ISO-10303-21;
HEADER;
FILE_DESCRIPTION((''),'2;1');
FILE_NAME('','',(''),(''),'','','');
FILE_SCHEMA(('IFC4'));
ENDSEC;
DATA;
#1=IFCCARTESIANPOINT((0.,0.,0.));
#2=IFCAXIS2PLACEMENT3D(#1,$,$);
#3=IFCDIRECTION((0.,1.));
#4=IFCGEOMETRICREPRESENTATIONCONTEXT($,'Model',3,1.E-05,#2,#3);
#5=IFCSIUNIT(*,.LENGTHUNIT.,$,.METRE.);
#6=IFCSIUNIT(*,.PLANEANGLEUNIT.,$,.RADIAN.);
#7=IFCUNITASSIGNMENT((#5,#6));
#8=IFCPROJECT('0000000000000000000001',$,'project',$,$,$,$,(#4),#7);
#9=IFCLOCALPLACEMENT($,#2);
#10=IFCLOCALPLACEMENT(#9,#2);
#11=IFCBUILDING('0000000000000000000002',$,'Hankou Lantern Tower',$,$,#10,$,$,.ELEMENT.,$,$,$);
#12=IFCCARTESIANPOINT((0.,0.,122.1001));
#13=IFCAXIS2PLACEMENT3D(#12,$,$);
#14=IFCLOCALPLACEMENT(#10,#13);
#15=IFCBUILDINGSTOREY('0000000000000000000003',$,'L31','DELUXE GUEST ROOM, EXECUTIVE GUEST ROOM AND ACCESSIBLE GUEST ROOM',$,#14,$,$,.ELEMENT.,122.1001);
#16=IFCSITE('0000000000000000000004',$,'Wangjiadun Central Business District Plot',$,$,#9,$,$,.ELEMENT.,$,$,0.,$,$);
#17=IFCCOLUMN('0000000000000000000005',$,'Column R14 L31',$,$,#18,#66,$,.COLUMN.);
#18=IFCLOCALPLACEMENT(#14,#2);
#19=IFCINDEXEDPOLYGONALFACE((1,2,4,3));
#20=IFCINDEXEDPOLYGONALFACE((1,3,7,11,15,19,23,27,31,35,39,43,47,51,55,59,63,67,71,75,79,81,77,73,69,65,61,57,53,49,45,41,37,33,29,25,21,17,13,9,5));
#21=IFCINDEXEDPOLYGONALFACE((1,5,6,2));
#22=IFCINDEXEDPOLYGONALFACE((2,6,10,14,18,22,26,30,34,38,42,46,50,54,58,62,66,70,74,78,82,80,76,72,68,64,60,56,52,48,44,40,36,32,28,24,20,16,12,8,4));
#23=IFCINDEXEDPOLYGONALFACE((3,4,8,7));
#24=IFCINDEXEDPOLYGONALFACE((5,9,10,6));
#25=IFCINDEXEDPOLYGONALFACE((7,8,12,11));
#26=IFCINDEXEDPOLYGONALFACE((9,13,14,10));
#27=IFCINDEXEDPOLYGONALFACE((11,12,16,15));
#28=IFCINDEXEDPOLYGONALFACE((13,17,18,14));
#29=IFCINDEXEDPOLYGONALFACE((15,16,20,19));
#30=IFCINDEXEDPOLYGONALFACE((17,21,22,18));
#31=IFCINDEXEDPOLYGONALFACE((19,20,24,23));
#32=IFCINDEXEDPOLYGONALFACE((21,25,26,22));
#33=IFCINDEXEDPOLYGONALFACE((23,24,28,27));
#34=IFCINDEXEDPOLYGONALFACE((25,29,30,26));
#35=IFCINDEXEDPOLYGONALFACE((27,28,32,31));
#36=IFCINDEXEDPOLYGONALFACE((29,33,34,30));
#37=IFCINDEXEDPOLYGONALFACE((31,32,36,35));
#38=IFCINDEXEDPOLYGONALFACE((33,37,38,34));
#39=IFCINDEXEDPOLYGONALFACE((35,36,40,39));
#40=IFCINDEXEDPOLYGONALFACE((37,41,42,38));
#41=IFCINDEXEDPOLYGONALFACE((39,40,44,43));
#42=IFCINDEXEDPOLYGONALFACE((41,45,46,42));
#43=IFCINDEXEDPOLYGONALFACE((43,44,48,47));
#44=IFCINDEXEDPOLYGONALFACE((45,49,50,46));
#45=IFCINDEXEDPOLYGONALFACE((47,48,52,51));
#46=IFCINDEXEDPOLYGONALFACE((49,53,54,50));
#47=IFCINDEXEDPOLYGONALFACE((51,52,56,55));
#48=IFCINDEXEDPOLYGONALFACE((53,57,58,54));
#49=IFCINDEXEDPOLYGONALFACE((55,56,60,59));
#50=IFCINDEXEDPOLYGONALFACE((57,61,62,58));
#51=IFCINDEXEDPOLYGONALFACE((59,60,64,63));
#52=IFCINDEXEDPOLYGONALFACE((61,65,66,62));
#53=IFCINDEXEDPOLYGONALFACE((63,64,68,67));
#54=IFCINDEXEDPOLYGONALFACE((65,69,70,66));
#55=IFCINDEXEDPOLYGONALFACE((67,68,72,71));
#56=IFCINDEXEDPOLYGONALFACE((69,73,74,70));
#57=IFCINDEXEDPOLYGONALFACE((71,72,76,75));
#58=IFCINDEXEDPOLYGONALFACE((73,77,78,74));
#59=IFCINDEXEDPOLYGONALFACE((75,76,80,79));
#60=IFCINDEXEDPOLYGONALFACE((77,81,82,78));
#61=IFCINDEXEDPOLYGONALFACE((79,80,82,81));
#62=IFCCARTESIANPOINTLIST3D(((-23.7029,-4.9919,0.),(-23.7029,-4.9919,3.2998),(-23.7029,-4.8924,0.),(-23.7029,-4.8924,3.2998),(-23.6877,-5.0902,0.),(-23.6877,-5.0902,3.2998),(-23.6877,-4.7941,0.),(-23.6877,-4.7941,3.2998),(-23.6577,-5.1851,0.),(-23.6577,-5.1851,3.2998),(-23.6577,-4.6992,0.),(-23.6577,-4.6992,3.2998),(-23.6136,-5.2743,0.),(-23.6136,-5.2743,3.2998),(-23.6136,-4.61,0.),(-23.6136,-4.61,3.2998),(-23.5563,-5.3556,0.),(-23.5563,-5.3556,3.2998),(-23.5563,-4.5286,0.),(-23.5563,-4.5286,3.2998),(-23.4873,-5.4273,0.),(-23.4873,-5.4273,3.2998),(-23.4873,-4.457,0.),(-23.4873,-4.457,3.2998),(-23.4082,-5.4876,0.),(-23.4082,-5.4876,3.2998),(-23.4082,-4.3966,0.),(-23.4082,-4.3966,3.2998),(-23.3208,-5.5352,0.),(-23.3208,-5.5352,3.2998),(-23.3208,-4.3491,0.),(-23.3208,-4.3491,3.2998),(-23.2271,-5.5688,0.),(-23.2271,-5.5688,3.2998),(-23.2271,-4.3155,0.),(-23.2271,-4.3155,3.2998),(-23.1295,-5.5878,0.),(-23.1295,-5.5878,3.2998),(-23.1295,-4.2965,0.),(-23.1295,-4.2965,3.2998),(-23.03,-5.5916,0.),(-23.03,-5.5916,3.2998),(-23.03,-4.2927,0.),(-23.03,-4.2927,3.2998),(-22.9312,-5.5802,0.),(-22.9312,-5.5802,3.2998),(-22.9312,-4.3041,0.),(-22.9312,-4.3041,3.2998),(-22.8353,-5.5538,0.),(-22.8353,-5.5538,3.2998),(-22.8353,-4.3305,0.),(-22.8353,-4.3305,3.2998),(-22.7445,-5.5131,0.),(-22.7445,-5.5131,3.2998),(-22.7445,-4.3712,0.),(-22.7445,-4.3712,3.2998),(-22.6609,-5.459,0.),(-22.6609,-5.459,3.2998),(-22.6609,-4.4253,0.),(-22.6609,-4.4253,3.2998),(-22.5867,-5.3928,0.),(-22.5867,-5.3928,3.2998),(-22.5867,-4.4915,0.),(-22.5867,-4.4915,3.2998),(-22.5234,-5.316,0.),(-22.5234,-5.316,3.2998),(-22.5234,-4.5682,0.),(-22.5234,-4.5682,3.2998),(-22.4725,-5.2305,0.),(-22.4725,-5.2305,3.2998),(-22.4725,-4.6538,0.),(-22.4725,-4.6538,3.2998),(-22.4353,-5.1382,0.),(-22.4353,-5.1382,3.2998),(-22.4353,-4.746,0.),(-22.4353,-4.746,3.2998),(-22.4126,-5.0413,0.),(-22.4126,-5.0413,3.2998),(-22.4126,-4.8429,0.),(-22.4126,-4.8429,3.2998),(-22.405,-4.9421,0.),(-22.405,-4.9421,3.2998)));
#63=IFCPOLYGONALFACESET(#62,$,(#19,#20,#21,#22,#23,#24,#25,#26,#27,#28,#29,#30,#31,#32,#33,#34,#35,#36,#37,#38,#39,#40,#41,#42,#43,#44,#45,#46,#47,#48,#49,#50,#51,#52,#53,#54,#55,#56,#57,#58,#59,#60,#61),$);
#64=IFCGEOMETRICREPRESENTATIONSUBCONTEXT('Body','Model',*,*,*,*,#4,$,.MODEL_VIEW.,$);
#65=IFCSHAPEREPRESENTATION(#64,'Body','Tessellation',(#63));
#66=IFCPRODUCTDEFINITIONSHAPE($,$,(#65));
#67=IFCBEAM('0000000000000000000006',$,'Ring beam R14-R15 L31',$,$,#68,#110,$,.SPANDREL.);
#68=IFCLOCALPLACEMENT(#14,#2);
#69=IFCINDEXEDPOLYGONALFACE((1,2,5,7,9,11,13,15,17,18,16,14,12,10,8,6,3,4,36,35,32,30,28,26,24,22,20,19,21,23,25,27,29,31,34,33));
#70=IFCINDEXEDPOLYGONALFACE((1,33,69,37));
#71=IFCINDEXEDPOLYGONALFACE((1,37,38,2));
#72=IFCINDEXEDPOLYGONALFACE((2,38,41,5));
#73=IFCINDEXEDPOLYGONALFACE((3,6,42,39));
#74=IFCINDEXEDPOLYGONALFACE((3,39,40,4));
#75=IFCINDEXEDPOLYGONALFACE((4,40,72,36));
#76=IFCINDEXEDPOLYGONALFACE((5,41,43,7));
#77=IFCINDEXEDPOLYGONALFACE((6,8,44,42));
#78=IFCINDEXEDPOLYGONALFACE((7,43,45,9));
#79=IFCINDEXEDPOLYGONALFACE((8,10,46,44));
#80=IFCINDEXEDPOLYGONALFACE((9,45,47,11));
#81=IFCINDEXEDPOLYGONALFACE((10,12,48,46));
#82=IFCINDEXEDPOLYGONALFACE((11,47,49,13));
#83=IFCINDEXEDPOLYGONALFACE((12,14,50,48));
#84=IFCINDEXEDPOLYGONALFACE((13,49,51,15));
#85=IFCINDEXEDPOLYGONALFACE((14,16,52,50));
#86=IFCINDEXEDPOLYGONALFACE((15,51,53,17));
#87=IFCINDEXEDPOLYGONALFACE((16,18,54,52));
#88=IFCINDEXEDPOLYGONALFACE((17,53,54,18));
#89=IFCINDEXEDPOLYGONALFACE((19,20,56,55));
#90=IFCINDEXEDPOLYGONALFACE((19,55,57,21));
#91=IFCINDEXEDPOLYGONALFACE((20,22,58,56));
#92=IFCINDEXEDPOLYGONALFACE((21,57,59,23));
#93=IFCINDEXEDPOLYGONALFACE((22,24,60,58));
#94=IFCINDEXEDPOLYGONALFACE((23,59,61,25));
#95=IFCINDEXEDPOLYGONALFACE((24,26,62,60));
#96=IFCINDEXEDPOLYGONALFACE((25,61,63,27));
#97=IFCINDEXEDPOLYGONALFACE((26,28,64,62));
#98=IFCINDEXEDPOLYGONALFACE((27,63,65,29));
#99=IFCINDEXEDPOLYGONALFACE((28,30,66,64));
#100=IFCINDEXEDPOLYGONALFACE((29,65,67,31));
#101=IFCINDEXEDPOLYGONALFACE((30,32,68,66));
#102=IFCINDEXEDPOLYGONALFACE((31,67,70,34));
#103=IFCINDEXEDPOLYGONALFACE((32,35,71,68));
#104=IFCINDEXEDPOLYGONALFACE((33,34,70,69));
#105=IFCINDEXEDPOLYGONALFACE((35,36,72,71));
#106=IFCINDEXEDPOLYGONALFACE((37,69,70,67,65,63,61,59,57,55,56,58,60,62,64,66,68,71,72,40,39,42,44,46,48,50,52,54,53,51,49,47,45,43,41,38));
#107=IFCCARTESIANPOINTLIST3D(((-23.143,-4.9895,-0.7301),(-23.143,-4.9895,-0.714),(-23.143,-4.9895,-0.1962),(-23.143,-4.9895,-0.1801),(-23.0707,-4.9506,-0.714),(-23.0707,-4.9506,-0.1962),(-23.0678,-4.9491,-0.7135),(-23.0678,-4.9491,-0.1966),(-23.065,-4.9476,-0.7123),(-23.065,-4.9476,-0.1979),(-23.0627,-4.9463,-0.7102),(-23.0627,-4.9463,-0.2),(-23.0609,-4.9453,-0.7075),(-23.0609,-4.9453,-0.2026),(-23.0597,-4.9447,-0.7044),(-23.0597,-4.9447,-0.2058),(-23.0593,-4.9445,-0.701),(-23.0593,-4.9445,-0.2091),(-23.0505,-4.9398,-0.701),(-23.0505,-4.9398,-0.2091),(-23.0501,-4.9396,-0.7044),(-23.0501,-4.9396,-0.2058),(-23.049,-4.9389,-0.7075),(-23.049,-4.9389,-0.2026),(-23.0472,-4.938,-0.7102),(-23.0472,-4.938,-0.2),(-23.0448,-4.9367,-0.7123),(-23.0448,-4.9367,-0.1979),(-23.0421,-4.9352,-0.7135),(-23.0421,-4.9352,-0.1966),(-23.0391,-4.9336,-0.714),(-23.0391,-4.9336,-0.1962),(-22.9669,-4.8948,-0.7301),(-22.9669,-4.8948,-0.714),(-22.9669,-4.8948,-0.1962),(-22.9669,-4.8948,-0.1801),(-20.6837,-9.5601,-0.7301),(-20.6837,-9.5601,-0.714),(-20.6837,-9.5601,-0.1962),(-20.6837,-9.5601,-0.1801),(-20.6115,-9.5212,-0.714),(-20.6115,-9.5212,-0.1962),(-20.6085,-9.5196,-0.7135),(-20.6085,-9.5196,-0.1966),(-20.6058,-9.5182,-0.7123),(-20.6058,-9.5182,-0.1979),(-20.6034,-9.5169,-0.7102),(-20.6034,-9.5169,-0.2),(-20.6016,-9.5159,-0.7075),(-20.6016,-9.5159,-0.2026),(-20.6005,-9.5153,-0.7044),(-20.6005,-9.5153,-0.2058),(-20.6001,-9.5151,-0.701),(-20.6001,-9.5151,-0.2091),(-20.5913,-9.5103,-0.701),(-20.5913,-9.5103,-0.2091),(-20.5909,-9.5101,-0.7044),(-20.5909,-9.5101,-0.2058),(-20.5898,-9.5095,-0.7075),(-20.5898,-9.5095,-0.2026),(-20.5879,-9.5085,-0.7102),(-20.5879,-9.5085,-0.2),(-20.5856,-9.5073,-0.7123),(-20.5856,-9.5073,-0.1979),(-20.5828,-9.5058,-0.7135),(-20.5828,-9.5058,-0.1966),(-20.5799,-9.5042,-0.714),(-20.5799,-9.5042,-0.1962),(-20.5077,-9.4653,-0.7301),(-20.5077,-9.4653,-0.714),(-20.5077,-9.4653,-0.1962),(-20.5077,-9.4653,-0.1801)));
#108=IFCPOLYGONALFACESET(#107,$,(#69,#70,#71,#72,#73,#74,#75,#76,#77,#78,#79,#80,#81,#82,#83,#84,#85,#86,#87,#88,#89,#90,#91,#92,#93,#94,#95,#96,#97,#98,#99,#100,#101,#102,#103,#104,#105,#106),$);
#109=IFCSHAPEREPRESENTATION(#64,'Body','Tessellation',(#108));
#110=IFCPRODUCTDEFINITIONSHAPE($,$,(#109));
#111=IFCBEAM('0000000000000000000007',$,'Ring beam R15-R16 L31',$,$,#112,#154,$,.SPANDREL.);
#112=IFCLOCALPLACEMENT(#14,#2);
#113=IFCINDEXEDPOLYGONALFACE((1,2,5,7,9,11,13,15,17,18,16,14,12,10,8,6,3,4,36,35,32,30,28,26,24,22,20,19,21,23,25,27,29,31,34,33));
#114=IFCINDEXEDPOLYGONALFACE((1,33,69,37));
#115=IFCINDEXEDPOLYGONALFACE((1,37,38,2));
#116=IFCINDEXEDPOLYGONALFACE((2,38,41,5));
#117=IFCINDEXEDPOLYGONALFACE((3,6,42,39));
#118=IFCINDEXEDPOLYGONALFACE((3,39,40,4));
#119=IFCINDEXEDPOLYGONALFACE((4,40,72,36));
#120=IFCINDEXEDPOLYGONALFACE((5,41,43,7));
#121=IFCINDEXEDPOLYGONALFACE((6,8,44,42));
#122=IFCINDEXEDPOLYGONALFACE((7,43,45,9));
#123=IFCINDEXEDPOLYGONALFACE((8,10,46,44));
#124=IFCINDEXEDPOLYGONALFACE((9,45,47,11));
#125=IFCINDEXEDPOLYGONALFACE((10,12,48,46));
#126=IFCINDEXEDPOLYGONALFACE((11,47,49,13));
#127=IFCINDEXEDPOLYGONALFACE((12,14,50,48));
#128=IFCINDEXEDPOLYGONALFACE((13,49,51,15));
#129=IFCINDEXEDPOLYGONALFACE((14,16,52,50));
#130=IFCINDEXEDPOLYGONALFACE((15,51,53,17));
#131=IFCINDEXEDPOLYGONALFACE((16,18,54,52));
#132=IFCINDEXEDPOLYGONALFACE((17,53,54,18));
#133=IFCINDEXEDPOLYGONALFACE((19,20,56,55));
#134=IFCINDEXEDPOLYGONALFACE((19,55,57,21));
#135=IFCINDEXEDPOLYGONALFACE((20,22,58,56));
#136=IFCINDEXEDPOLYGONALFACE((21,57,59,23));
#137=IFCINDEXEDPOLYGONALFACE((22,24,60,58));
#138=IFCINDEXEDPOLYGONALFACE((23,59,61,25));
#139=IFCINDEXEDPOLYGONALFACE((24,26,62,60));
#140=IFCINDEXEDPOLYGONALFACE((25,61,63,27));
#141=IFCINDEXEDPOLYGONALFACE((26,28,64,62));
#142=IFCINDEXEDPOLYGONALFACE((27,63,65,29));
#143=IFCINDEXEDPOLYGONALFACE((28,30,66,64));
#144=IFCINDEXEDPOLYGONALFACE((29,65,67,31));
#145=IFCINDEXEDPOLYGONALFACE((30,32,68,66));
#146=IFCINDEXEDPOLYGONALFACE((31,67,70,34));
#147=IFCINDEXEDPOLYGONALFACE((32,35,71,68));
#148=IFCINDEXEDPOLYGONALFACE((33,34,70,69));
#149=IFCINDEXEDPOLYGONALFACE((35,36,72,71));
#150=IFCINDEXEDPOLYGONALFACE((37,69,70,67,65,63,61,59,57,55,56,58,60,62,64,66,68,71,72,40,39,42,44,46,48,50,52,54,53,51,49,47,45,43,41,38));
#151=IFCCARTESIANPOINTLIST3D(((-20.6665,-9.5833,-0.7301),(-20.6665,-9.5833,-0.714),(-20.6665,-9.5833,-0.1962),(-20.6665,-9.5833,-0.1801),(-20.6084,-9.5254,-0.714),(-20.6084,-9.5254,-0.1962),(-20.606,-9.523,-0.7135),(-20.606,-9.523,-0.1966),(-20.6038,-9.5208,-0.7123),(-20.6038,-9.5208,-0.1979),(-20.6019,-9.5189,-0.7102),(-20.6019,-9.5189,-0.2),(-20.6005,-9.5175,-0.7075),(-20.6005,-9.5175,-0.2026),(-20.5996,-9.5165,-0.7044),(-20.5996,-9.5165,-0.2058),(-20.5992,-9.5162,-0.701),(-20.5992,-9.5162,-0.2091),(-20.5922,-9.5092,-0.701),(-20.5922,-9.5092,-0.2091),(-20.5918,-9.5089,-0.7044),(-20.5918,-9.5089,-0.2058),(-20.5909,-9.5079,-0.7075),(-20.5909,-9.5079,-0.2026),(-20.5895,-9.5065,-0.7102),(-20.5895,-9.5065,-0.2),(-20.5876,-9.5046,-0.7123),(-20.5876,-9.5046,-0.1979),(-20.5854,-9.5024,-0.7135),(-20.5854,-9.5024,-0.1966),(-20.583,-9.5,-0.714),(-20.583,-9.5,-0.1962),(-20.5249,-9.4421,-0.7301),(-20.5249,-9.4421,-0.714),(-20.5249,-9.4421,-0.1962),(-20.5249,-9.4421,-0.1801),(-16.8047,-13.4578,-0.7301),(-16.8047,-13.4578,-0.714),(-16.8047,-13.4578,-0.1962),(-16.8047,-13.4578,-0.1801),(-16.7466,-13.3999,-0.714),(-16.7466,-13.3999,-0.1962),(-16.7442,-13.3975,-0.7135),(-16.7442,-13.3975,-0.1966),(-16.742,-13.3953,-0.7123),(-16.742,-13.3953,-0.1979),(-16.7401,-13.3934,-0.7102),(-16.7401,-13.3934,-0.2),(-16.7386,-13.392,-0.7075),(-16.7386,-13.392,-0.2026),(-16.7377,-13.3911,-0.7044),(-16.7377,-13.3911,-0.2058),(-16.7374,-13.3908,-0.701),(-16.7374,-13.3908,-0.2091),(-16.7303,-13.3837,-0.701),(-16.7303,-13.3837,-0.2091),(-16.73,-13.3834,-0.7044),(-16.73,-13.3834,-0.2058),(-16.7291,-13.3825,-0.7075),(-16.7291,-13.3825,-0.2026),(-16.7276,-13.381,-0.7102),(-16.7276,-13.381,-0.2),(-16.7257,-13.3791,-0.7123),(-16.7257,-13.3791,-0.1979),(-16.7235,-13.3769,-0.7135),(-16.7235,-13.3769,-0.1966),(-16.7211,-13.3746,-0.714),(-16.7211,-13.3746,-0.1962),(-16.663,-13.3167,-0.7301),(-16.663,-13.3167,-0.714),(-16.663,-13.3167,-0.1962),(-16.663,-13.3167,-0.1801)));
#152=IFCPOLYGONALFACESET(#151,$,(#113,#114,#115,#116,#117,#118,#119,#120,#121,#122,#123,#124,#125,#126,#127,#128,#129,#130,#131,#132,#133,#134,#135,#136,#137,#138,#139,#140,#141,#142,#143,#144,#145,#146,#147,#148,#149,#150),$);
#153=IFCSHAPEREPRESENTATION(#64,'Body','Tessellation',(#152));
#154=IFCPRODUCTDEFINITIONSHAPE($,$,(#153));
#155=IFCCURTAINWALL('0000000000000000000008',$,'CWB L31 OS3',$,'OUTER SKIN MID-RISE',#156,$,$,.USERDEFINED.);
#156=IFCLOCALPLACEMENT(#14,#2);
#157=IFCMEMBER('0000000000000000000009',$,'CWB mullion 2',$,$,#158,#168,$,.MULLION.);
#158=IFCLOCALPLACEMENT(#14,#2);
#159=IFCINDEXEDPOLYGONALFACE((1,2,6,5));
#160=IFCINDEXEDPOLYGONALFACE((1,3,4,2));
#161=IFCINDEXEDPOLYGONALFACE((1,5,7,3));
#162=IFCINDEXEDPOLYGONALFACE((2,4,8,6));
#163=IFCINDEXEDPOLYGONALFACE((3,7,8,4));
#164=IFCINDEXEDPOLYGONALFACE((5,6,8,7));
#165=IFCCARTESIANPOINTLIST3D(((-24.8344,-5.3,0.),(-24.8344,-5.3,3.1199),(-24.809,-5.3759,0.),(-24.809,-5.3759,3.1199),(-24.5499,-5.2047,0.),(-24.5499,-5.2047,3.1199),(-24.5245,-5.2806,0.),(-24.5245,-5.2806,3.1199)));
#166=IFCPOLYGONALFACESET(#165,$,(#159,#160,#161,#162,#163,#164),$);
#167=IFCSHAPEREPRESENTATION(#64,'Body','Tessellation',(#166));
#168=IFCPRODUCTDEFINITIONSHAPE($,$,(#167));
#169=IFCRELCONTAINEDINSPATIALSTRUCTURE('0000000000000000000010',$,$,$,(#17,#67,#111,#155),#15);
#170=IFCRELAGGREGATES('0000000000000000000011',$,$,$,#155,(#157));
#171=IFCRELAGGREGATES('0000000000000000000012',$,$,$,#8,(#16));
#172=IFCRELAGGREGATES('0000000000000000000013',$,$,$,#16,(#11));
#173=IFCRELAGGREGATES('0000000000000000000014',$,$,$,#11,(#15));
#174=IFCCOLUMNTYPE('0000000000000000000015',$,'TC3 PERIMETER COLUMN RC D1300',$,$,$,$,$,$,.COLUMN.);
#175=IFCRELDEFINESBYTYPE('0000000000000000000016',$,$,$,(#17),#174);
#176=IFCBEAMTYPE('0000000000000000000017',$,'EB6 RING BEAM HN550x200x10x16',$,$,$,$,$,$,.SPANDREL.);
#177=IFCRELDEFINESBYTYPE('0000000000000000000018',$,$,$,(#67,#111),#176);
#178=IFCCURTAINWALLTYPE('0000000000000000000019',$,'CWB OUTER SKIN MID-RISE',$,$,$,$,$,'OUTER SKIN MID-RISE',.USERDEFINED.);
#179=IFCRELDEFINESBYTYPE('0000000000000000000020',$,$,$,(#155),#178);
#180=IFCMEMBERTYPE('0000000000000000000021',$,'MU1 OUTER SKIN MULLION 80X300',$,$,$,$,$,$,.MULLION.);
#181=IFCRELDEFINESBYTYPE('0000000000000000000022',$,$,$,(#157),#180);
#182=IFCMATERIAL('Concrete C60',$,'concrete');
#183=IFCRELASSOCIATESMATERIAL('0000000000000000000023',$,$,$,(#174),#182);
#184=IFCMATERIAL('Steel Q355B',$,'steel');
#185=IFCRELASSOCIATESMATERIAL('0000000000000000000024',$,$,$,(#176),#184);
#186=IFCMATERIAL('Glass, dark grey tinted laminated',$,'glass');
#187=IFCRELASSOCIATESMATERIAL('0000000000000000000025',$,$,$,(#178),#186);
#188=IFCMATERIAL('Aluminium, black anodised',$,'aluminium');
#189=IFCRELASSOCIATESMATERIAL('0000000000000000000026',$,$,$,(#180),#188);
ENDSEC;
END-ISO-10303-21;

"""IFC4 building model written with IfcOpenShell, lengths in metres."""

from ifc_helpers import new_model, si_unit, direction, frame, origin, origin_2d, place, context, subcontext, project, spatial, rectangle, circle, i_section, extrude, material, material_profile, profile_set, type_object, element, aggregate, save


model = new_model("IFC4")

# Units and contexts
model_context = context("Model", 3, precision=1e-05, world=origin(), true_north=direction((0.0, 1.0)))
body_context = subcontext(model_context, "Body", "Model", "MODEL_VIEW")
ifc_project = project(units=[si_unit("LENGTHUNIT", "METRE"), si_unit("PLANEANGLEUNIT", "RADIAN")], contexts=[model_context])

# Site, building, storey
site_placement = place(None, origin())
site = spatial("IfcSite", under=ifc_project, at=site_placement, Name="Wangjiadun Central Business District Plot", CompositionType="ELEMENT", RefElevation=0.0)
building_placement = place(site_placement, origin())
building = spatial("IfcBuilding", under=site, at=building_placement, Name="Hankou Lantern Tower", CompositionType="ELEMENT")
storey_placement = place(building_placement, frame((0.0, 0.0, 122.1001)))
storey = spatial("IfcBuildingStorey", under=building, at=storey_placement, Name="L31", Description="DELUXE GUEST ROOM, EXECUTIVE GUEST ROOM AND ACCESSIBLE GUEST ROOM", CompositionType="ELEMENT", Elevation=122.1001)

# Column
ifc_material_1 = material(Name="Concrete C60", Category="concrete")
ifc_material_profile_1 = material_profile(ifc_material_1, circle(Radius=0.6499, at=origin_2d()), Name="RC D1300")
ifc_profile_set_1 = profile_set([ifc_material_profile_1], Name="Concrete C60")
column_type = type_object("IfcColumnType", Name="TC3 PERIMETER COLUMN RC D1300", PredefinedType="COLUMN", material=ifc_profile_set_1)
column_placement = place(storey_placement, frame((-23.0549, -4.9421, 0.0), z_axis=(0.0, 0.0, 1.0), x_axis=(1.0, 0.0, 0.0)))
element("IfcColumn", 1, at=column_placement, inside=storey, type_object=column_type, Name="Column R14 L31", PredefinedType="COLUMN", context=body_context, shape_type="SweptSolid", body=[
    extrude(circle(Radius=0.6499, at=origin_2d()), origin(), (0.0, 0.0, 1.0), 3.2998),
])

# Beams
ifc_material_2 = material(Name="Steel Q355B", Category="steel")
ifc_material_profile_2 = material_profile(ifc_material_2, i_section(OverallWidth=0.2, OverallDepth=0.55, WebThickness=0.01, FlangeThickness=0.0161, FilletRadius=0.0129, at=origin_2d()), Name="HN550x200x10x16")
ifc_profile_set_2 = profile_set([ifc_material_profile_2], Name="Steel Q355B")
beam_type_1 = type_object("IfcBeamType", Name="EB6 RING BEAM HN550x200x10x16", PredefinedType="SPANDREL", material=ifc_profile_set_2)
beam_1_placement = place(storey_placement, frame((-23.0549, -4.9421, -0.4551), z_axis=(0.473825, -0.880619, 0.0), x_axis=(0.880619, 0.473825, 0.0)))
element("IfcBeam", 2, at=beam_1_placement, inside=storey, type_object=beam_type_1, Name="Ring beam R14-R15 L31", PredefinedType="SPANDREL", context=body_context, shape_type="SweptSolid", body=[
    extrude(i_section(OverallWidth=0.2, OverallDepth=0.55, WebThickness=0.01, FlangeThickness=0.0161, FilletRadius=0.0129, at=origin_2d()), origin(), (0.0, 0.0, 1.0), 5.1902),
])
beam_2_placement = place(storey_placement, frame((-20.5957, -9.5127, -0.4551), z_axis=(0.705945, -0.708266, 0.0), x_axis=(0.708266, 0.705945, 0.0)))
element("IfcBeam", 3, at=beam_2_placement, inside=storey, type_object=beam_type_1, Name="Ring beam R15-R16 L31", PredefinedType="SPANDREL", context=body_context, shape_type="SweptSolid", body=[
    extrude(i_section(OverallWidth=0.2, OverallDepth=0.55, WebThickness=0.01, FlangeThickness=0.0161, FilletRadius=0.0129, at=origin_2d()), origin(), (0.0, 0.0, 1.0), 5.4705),
])

# Curtain wall, member
ifc_material_3 = material(Name="Glass, dark grey tinted laminated", Category="glass")
curtain_wall_type = type_object("IfcCurtainWallType", Name="CWB OUTER SKIN MID-RISE", ElementType="OUTER SKIN MID-RISE", PredefinedType="USERDEFINED", material=ifc_material_3)
curtain_wall_placement = place(storey_placement, origin())
curtain_wall = element("IfcCurtainWall", 4, at=curtain_wall_placement, inside=storey, type_object=curtain_wall_type, Name="CWB L31 OS3", ObjectType="OUTER SKIN MID-RISE", PredefinedType="USERDEFINED")
ifc_material_4 = material(Name="Aluminium, black anodised", Category="aluminium")
ifc_material_profile_3 = material_profile(ifc_material_4, rectangle(XDim=0.0801, YDim=0.3, at=origin_2d()), Name="MU1 80X300")
ifc_profile_set_3 = profile_set([ifc_material_profile_3], Name="Aluminium, black anodised")
member_type_1 = type_object("IfcMemberType", Name="MU1 OUTER SKIN MULLION 80X300", PredefinedType="MULLION", material=ifc_profile_set_3)
member_1_placement = place(storey_placement, frame((-24.6794, -5.2903, 0.0), z_axis=(0.0, 0.0, 1.0), x_axis=(0.317596, -0.948226, 0.0)))
member_1 = element("IfcMember", 5, at=member_1_placement, type_object=member_type_1, Name="CWB mullion 2", PredefinedType="MULLION", context=body_context, shape_type="SweptSolid", body=[
    extrude(rectangle(XDim=0.0801, YDim=0.3, at=origin_2d()), origin(), (0.0, 0.0, 1.0), 3.1199),
])

aggregate(curtain_wall, [member_1])

save(model, "model.ifc")
